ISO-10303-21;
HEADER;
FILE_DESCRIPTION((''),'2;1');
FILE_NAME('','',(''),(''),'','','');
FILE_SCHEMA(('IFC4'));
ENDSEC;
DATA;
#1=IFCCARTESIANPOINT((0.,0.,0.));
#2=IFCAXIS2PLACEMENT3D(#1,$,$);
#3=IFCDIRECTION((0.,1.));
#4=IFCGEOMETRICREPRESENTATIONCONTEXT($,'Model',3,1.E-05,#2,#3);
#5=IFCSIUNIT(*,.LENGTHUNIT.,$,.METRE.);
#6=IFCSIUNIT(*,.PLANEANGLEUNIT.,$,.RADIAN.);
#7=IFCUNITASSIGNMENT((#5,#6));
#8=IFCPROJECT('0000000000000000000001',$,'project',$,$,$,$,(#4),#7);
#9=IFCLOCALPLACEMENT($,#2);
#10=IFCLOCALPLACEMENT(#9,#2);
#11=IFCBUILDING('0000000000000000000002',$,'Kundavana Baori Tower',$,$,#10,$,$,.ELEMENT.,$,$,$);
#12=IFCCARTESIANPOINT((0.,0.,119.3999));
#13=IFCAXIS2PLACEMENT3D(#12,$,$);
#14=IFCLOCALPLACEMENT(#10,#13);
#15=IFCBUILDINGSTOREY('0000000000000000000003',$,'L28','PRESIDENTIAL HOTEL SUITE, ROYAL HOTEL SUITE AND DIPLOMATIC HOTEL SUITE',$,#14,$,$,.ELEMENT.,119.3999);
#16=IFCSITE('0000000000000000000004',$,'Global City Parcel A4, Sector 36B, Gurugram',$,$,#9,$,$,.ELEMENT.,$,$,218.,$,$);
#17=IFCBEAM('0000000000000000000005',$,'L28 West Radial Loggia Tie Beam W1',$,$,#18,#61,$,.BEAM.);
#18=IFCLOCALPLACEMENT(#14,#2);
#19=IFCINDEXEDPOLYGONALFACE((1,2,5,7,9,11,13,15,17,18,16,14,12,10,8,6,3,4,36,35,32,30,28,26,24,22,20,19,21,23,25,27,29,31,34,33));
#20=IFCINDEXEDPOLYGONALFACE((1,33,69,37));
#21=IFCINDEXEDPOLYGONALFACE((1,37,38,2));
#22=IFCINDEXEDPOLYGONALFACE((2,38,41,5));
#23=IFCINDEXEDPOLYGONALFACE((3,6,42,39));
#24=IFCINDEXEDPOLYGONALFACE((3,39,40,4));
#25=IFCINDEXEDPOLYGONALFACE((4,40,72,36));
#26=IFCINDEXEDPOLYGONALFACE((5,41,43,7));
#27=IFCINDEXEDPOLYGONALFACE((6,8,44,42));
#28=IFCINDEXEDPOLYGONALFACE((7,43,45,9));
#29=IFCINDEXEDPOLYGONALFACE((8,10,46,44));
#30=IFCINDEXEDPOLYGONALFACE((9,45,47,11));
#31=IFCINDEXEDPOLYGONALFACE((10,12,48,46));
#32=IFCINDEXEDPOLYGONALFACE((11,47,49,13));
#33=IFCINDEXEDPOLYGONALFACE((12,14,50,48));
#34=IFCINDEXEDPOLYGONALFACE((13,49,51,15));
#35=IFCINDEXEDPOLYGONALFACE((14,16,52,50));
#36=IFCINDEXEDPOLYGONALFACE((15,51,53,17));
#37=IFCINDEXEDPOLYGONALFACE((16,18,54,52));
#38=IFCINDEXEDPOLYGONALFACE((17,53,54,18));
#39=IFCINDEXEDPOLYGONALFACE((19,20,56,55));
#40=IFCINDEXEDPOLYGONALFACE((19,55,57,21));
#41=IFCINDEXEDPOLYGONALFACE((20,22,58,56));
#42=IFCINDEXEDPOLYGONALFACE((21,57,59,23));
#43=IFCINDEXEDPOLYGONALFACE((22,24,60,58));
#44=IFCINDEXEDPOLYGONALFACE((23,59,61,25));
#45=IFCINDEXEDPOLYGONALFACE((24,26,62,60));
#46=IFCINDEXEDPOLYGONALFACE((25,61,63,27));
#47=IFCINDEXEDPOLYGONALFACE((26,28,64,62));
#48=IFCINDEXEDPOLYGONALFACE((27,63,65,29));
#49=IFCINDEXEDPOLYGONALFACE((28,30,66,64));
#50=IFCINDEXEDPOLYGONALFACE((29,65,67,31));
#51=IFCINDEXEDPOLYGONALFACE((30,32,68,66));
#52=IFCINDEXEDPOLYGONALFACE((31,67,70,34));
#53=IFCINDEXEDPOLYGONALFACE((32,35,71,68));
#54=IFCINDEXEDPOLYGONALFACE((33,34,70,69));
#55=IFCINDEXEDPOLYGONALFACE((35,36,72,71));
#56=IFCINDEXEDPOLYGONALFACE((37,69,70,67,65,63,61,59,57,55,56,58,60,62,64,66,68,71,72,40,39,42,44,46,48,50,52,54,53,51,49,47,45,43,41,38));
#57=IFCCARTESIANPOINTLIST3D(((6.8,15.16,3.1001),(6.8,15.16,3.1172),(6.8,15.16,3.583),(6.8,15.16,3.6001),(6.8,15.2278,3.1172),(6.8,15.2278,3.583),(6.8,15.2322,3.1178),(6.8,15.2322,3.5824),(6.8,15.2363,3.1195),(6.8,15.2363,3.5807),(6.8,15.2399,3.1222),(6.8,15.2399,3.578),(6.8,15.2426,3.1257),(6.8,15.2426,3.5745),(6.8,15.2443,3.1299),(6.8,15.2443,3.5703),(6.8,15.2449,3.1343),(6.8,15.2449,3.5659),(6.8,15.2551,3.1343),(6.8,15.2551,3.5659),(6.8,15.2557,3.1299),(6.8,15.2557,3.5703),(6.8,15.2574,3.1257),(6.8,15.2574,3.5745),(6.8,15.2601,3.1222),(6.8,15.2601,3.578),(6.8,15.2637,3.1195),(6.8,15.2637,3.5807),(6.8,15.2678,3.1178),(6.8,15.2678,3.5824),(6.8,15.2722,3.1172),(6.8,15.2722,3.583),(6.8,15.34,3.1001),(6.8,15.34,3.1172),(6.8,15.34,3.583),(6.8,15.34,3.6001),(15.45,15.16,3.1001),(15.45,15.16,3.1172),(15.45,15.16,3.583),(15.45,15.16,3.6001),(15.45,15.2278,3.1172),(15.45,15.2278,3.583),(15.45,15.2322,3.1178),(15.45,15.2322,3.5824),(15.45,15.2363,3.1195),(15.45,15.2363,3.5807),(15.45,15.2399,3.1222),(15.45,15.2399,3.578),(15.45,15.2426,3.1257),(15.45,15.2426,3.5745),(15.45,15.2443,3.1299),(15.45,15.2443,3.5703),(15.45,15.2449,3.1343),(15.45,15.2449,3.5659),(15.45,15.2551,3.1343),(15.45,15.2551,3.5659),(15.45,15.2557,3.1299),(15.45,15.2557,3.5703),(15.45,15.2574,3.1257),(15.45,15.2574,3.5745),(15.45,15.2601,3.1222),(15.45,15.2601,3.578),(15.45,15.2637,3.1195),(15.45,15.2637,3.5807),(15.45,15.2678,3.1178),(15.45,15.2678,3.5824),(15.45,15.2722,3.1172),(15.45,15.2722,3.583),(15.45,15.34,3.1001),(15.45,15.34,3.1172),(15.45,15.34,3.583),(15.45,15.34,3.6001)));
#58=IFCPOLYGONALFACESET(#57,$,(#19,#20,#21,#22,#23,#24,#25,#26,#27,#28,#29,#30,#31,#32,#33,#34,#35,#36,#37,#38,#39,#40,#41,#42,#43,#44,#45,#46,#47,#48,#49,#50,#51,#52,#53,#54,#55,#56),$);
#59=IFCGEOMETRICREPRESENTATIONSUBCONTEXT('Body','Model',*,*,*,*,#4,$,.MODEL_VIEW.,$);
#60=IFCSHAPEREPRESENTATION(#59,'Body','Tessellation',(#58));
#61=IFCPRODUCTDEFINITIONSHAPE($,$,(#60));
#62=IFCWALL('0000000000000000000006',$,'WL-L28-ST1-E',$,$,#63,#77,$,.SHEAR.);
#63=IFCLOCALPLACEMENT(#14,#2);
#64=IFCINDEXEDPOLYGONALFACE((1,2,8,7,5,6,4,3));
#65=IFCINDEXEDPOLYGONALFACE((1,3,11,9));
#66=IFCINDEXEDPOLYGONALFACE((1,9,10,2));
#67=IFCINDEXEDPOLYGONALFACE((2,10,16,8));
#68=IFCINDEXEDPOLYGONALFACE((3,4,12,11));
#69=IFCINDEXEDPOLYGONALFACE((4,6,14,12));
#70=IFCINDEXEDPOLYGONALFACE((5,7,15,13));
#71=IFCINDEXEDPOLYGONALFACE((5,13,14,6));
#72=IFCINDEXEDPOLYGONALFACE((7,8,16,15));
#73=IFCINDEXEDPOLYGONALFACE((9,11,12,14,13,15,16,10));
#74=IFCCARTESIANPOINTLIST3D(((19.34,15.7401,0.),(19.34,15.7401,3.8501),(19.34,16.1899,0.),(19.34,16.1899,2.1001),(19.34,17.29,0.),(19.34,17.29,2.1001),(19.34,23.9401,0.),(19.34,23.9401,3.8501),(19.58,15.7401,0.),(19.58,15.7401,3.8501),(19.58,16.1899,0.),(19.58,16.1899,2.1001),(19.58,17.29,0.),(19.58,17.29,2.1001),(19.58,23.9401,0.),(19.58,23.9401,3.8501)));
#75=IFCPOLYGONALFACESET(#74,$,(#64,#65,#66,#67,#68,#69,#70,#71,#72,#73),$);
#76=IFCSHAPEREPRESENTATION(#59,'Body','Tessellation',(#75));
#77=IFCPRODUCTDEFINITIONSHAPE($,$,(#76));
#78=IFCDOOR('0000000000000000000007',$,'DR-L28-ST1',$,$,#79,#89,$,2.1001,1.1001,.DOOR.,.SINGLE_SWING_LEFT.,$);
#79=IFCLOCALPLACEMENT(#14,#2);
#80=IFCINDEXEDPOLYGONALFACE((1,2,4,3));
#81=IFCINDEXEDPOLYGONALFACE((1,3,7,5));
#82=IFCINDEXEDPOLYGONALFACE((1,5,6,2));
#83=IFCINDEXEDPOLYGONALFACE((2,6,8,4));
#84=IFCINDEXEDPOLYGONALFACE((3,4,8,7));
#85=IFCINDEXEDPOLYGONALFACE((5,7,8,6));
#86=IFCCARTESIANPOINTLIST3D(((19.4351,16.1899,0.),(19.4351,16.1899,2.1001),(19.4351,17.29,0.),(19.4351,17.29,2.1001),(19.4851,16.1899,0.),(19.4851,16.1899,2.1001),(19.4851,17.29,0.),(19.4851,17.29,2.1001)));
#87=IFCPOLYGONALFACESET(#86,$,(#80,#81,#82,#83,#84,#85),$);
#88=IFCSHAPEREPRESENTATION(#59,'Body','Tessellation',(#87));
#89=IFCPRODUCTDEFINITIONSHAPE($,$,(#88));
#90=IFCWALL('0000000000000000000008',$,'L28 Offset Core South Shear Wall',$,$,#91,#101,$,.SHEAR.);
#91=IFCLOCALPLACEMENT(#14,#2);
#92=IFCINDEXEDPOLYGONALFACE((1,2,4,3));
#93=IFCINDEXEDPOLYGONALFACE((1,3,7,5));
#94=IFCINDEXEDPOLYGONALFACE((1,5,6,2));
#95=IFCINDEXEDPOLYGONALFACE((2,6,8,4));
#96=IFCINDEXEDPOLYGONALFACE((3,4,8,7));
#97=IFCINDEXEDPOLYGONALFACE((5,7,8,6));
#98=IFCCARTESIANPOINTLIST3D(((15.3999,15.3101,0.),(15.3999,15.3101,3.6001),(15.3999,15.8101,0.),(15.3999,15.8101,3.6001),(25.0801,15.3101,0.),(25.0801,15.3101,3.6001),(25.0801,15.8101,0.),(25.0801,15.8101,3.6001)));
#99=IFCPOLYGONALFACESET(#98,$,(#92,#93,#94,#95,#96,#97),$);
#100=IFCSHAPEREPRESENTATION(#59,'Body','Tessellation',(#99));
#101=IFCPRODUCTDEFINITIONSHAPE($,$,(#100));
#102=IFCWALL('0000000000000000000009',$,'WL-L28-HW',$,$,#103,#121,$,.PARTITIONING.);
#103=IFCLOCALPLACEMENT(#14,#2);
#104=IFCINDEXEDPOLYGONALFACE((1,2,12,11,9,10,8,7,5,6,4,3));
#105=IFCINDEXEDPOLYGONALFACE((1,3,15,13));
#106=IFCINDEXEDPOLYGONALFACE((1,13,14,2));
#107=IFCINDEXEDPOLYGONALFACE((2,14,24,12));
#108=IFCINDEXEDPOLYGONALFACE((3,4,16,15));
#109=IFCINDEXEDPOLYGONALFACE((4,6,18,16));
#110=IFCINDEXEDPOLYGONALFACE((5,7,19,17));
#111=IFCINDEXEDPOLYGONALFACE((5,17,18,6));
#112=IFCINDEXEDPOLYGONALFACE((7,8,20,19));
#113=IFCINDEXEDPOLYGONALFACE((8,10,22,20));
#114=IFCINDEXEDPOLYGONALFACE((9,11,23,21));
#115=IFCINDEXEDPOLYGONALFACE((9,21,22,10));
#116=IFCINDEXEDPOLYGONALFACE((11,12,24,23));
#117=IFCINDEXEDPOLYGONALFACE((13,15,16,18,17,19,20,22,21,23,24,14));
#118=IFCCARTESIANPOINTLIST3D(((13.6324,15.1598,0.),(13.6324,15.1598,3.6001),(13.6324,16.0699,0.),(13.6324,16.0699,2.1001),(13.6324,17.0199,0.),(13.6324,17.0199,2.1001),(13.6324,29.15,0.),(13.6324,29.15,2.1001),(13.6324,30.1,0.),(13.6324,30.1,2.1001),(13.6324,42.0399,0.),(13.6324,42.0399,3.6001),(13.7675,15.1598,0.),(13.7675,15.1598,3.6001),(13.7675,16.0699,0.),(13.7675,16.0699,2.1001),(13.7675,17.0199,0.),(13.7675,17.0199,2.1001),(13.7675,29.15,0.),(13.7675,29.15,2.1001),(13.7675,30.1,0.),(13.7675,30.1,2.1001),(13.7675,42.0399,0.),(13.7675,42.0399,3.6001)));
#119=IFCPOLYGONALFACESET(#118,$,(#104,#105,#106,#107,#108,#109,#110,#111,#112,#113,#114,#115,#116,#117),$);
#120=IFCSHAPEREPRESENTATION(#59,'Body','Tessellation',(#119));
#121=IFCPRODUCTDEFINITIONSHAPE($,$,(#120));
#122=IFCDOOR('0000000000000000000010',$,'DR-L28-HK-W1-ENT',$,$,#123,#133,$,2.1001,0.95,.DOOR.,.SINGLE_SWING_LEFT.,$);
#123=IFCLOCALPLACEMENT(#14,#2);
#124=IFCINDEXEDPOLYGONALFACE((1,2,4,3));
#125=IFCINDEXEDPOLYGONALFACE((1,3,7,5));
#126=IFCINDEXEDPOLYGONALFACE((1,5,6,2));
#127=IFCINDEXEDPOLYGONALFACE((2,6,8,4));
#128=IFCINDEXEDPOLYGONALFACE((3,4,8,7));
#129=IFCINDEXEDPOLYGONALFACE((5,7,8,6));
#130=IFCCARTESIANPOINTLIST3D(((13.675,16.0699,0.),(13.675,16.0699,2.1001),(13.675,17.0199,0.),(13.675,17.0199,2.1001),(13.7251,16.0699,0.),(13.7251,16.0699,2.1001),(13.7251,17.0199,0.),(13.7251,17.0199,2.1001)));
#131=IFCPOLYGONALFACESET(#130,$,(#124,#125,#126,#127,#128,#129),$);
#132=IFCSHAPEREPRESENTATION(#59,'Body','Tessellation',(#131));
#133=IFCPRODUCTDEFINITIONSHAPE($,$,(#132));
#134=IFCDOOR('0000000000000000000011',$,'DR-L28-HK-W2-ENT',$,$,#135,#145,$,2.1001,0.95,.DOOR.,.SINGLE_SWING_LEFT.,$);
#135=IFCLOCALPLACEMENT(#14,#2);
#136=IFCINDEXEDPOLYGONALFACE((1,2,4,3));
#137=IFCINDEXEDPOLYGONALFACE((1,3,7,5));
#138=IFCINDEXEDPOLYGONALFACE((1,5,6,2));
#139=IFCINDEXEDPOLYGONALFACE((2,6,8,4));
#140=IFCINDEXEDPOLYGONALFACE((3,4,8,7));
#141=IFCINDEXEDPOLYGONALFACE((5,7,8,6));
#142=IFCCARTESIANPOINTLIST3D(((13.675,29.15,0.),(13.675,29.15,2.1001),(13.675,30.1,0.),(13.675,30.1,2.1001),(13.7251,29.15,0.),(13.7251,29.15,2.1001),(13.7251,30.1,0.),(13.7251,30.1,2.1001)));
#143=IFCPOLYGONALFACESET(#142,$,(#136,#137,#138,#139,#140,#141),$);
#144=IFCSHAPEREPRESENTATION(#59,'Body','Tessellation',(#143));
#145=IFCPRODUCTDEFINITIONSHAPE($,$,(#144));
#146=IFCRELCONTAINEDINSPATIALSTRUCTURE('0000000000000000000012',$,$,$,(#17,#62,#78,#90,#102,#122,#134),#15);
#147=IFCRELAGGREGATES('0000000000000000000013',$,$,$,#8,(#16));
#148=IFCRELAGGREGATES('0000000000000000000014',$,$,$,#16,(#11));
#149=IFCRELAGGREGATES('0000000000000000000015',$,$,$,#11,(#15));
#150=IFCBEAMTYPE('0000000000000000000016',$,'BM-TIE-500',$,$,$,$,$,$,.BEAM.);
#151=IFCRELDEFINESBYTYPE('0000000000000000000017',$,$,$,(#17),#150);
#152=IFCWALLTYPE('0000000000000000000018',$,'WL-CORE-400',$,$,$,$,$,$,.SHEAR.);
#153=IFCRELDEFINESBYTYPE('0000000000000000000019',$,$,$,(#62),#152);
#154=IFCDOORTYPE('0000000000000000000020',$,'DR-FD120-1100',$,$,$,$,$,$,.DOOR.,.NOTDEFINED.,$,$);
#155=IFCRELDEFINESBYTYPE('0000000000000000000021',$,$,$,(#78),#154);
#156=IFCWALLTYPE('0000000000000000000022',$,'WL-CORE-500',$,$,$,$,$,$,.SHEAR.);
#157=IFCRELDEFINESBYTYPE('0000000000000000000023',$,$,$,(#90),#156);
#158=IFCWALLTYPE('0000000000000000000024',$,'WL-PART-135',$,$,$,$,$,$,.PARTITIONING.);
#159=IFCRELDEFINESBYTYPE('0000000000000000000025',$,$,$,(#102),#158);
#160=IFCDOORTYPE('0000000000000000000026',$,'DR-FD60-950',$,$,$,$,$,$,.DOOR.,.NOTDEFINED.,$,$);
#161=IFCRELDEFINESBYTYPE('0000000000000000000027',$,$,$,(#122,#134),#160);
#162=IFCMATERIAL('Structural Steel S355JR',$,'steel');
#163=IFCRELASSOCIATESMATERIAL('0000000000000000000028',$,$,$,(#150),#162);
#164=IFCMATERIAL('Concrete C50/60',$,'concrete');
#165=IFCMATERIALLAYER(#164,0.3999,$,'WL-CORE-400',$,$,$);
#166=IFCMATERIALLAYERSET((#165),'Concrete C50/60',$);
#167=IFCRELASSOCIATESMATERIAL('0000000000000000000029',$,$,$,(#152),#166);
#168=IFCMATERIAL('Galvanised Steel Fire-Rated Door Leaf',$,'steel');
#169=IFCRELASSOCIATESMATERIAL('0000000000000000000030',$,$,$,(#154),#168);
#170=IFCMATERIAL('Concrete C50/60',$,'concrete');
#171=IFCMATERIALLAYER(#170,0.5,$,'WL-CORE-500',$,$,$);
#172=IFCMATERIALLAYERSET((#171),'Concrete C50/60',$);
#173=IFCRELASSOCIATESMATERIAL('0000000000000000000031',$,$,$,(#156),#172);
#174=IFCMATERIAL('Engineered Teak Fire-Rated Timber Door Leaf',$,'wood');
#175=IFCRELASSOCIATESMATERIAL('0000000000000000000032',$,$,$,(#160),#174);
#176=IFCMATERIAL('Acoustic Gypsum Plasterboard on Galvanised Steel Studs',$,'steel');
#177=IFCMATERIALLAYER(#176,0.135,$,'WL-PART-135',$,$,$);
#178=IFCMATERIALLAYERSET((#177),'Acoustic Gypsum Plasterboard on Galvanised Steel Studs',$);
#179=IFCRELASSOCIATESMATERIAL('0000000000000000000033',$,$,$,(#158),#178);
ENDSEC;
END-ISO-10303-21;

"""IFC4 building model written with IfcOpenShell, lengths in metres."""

from ifc_helpers import new_model, si_unit, direction, frame, frame_2d, origin, origin_2d, place, context, subcontext, project, spatial, rectangle, i_section, extrude, material, layer, layer_set, material_profile, profile_set, type_object, element, fill, save


model = new_model("IFC4")

# Units and contexts
model_context = context("Model", 3, precision=1e-05, world=origin(), true_north=direction((0.0, 1.0)))
body_context = subcontext(model_context, "Body", "Model", "MODEL_VIEW")
ifc_project = project(units=[si_unit("LENGTHUNIT", "METRE"), si_unit("PLANEANGLEUNIT", "RADIAN")], contexts=[model_context])

# Site, building, storey
site_placement = place(None, origin())
site = spatial("IfcSite", under=ifc_project, at=site_placement, Name="Global City Parcel A4, Sector 36B, Gurugram", CompositionType="ELEMENT", RefElevation=218.0)
building_placement = place(site_placement, origin())
building = spatial("IfcBuilding", under=site, at=building_placement, Name="Kundavana Baori Tower", CompositionType="ELEMENT")
storey_placement = place(building_placement, frame((0.0, 0.0, 119.3999)))
storey = spatial("IfcBuildingStorey", under=building, at=storey_placement, Name="L28", Description="PRESIDENTIAL HOTEL SUITE, ROYAL HOTEL SUITE AND DIPLOMATIC HOTEL SUITE", CompositionType="ELEMENT", Elevation=119.3999)

# Beam
ifc_material_1 = material(Name="Structural Steel S355JR", Category="steel")
ifc_material_profile_1 = material_profile(ifc_material_1, i_section(OverallWidth=0.1799, OverallDepth=0.5, WebThickness=0.0103, FlangeThickness=0.0171, FilletRadius=0.0171, at=origin_2d()), Name="ISMB 500")
ifc_profile_set_1 = profile_set([ifc_material_profile_1], Name="Structural Steel S355JR")
beam_type_1 = type_object("IfcBeamType", Name="BM-TIE-500", PredefinedType="BEAM", material=ifc_profile_set_1)
for number, where, z_axis, x_axis, name in (
    (1, (15.45, 15.25, 3.3501), (-1.0, 0.0, 0.0), (0.0, -1.0, 0.0), "L28 West Radial Loggia Tie Beam W1"),
):
    element("IfcBeam", number, at=place(storey_placement, frame(where, z_axis=z_axis, x_axis=x_axis)), inside=storey, type_object=beam_type_1, Name=name, PredefinedType="BEAM", context=body_context, shape_type="SweptSolid", body=[
        extrude(i_section(OverallWidth=0.1799, OverallDepth=0.5, WebThickness=0.0103, FlangeThickness=0.0171, FilletRadius=0.0171, at=origin_2d()), origin(), (0.0, 0.0, 1.0), 8.6499),
    ])

# Wall, opening, door
ifc_material_2 = material(Name="Concrete C50/60", Category="concrete")
ifc_layer_1 = layer(ifc_material_2, 0.3999, Name="WL-CORE-400")
ifc_layer_set_1 = layer_set([ifc_layer_1], Name="Concrete C50/60")
wall_type_1 = type_object("IfcWallType", Name="WL-CORE-400", PredefinedType="SHEAR", material=ifc_layer_set_1)
wall_1_placement = place(storey_placement, frame((19.46, 15.74, 0.0), z_axis=(0.0, 0.0, 1.0), x_axis=(0.0, 1.0, 0.0)))
wall_1 = element("IfcWall", 2, at=wall_1_placement, inside=storey, type_object=wall_type_1, Name="WL-L28-ST1-E", PredefinedType="SHEAR", context=body_context, shape_type="SweptSolid", body=[
    extrude(rectangle(XDim=8.2, YDim=0.24, at=frame_2d((4.1001, 0.0))), origin(), (0.0, 0.0, 1.0), 3.8501),
])
opening_1_placement = place(wall_1_placement, frame((0.45, 0.0, 0.0)))
opening_1 = element("IfcOpeningElement", 3, at=opening_1_placement, cuts=wall_1, PredefinedType="OPENING", context=body_context, shape_type="SweptSolid", body=[
    extrude(rectangle(XDim=1.1001, YDim=2.1001, at=frame_2d((0.55, 1.05))), frame((0.0, 0.1299, 0.0), z_axis=(0.0, -1.0, 0.0), x_axis=(1.0, 0.0, 0.0)), (0.0, 0.0, 1.0), 0.26),
])
ifc_material_3 = material(Name="Galvanised Steel Fire-Rated Door Leaf", Category="steel")
door_type_1 = type_object("IfcDoorType", Name="DR-FD120-1100", OperationType="NOTDEFINED", PredefinedType="DOOR", material=ifc_material_3)
door_1_placement = place(opening_1_placement, origin())
door_1 = element("IfcDoor", 4, at=door_1_placement, inside=storey, type_object=door_type_1, Name="DR-L28-ST1", OperationType="SINGLE_SWING_LEFT", OverallHeight=2.1001, OverallWidth=1.1001, PredefinedType="DOOR", context=body_context, shape_type="SweptSolid", body=[
    extrude(rectangle(XDim=1.1001, YDim=2.1001, at=frame_2d((0.55, 1.05))), frame((0.0, 0.0249, 0.0), z_axis=(0.0, -1.0, 0.0), x_axis=(1.0, 0.0, 0.0)), (0.0, 0.0, 1.0), 0.05),
])
fill(opening_1, door_1)

# Wall
ifc_material_4 = material(Name="Concrete C50/60", Category="concrete")
ifc_layer_2 = layer(ifc_material_4, 0.5, Name="WL-CORE-500")
ifc_layer_set_2 = layer_set([ifc_layer_2], Name="Concrete C50/60")
wall_type_2 = type_object("IfcWallType", Name="WL-CORE-500", PredefinedType="SHEAR", material=ifc_layer_set_2)
wall_2_placement = place(storey_placement, frame((15.3999, 15.5601, 0.0), z_axis=(0.0, 0.0, 1.0), x_axis=(1.0, 0.0, 0.0)))
element("IfcWall", 5, at=wall_2_placement, inside=storey, type_object=wall_type_2, Name="L28 Offset Core South Shear Wall", PredefinedType="SHEAR", context=body_context, shape_type="SweptSolid", body=[
    extrude(rectangle(XDim=9.6802, YDim=0.5, at=frame_2d((4.8401, 0.0))), origin(), (0.0, 0.0, 1.0), 3.6001),
])

# Wall, openings, doors
ifc_material_5 = material(Name="Engineered Teak Fire-Rated Timber Door Leaf", Category="wood")
door_type_2 = type_object("IfcDoorType", Name="DR-FD60-950", OperationType="NOTDEFINED", PredefinedType="DOOR", material=ifc_material_5)
ifc_material_6 = material(Name="Acoustic Gypsum Plasterboard on Galvanised Steel Studs", Category="steel")
ifc_layer_3 = layer(ifc_material_6, 0.135, Name="WL-PART-135")
ifc_layer_set_3 = layer_set([ifc_layer_3], Name="Acoustic Gypsum Plasterboard on Galvanised Steel Studs")
wall_type_3 = type_object("IfcWallType", Name="WL-PART-135", PredefinedType="PARTITIONING", material=ifc_layer_set_3)
wall_3_placement = place(storey_placement, frame((13.7, 15.1599, 0.0), z_axis=(0.0, 0.0, 1.0), x_axis=(0.0, 1.0, 0.0)))
wall_3 = element("IfcWall", 6, at=wall_3_placement, inside=storey, type_object=wall_type_3, Name="WL-L28-HW", PredefinedType="PARTITIONING", context=body_context, shape_type="SweptSolid", body=[
    extrude(rectangle(XDim=26.8801, YDim=0.135, at=frame_2d((13.4399, 0.0))), origin(), (0.0, 0.0, 1.0), 3.6001),
])
opening_2_placement = place(wall_3_placement, frame((0.9099, 0.0, 0.0)))
opening_2 = element("IfcOpeningElement", 7, at=opening_2_placement, cuts=wall_3, PredefinedType="OPENING", context=body_context, shape_type="SweptSolid", body=[
    extrude(rectangle(XDim=0.95, YDim=2.1001, at=frame_2d((0.4751, 1.05))), frame((0.0, 0.0776, 0.0), z_axis=(0.0, -1.0, 0.0), x_axis=(1.0, 0.0, 0.0)), (0.0, 0.0, 1.0), 0.155),
])
opening_3_placement = place(wall_3_placement, frame((13.99, 0.0, 0.0)))
opening_3 = element("IfcOpeningElement", 8, at=opening_3_placement, cuts=wall_3, PredefinedType="OPENING", context=body_context, shape_type="SweptSolid", body=[
    extrude(rectangle(XDim=0.95, YDim=2.1001, at=frame_2d((0.4751, 1.05))), frame((0.0, 0.0776, 0.0), z_axis=(0.0, -1.0, 0.0), x_axis=(1.0, 0.0, 0.0)), (0.0, 0.0, 1.0), 0.155),
])
door_2_placement = place(opening_2_placement, origin())
door_2 = element("IfcDoor", 9, at=door_2_placement, inside=storey, type_object=door_type_2, Name="DR-L28-HK-W1-ENT", OperationType="SINGLE_SWING_LEFT", OverallHeight=2.1001, OverallWidth=0.95, PredefinedType="DOOR", context=body_context, shape_type="SweptSolid", body=[
    extrude(rectangle(XDim=0.95, YDim=2.1001, at=frame_2d((0.4751, 1.05))), frame((0.0, 0.0249, 0.0), z_axis=(0.0, -1.0, 0.0), x_axis=(1.0, 0.0, 0.0)), (0.0, 0.0, 1.0), 0.05),
])
fill(opening_2, door_2)
door_3_placement = place(opening_3_placement, origin())
door_3 = element("IfcDoor", 10, at=door_3_placement, inside=storey, type_object=door_type_2, Name="DR-L28-HK-W2-ENT", OperationType="SINGLE_SWING_LEFT", OverallHeight=2.1001, OverallWidth=0.95, PredefinedType="DOOR", context=body_context, shape_type="SweptSolid", body=[
    extrude(rectangle(XDim=0.95, YDim=2.1001, at=frame_2d((0.4751, 1.05))), frame((0.0, 0.0249, 0.0), z_axis=(0.0, -1.0, 0.0), x_axis=(1.0, 0.0, 0.0)), (0.0, 0.0, 1.0), 0.05),
])
fill(opening_3, door_3)

save(model, "model.ifc")
